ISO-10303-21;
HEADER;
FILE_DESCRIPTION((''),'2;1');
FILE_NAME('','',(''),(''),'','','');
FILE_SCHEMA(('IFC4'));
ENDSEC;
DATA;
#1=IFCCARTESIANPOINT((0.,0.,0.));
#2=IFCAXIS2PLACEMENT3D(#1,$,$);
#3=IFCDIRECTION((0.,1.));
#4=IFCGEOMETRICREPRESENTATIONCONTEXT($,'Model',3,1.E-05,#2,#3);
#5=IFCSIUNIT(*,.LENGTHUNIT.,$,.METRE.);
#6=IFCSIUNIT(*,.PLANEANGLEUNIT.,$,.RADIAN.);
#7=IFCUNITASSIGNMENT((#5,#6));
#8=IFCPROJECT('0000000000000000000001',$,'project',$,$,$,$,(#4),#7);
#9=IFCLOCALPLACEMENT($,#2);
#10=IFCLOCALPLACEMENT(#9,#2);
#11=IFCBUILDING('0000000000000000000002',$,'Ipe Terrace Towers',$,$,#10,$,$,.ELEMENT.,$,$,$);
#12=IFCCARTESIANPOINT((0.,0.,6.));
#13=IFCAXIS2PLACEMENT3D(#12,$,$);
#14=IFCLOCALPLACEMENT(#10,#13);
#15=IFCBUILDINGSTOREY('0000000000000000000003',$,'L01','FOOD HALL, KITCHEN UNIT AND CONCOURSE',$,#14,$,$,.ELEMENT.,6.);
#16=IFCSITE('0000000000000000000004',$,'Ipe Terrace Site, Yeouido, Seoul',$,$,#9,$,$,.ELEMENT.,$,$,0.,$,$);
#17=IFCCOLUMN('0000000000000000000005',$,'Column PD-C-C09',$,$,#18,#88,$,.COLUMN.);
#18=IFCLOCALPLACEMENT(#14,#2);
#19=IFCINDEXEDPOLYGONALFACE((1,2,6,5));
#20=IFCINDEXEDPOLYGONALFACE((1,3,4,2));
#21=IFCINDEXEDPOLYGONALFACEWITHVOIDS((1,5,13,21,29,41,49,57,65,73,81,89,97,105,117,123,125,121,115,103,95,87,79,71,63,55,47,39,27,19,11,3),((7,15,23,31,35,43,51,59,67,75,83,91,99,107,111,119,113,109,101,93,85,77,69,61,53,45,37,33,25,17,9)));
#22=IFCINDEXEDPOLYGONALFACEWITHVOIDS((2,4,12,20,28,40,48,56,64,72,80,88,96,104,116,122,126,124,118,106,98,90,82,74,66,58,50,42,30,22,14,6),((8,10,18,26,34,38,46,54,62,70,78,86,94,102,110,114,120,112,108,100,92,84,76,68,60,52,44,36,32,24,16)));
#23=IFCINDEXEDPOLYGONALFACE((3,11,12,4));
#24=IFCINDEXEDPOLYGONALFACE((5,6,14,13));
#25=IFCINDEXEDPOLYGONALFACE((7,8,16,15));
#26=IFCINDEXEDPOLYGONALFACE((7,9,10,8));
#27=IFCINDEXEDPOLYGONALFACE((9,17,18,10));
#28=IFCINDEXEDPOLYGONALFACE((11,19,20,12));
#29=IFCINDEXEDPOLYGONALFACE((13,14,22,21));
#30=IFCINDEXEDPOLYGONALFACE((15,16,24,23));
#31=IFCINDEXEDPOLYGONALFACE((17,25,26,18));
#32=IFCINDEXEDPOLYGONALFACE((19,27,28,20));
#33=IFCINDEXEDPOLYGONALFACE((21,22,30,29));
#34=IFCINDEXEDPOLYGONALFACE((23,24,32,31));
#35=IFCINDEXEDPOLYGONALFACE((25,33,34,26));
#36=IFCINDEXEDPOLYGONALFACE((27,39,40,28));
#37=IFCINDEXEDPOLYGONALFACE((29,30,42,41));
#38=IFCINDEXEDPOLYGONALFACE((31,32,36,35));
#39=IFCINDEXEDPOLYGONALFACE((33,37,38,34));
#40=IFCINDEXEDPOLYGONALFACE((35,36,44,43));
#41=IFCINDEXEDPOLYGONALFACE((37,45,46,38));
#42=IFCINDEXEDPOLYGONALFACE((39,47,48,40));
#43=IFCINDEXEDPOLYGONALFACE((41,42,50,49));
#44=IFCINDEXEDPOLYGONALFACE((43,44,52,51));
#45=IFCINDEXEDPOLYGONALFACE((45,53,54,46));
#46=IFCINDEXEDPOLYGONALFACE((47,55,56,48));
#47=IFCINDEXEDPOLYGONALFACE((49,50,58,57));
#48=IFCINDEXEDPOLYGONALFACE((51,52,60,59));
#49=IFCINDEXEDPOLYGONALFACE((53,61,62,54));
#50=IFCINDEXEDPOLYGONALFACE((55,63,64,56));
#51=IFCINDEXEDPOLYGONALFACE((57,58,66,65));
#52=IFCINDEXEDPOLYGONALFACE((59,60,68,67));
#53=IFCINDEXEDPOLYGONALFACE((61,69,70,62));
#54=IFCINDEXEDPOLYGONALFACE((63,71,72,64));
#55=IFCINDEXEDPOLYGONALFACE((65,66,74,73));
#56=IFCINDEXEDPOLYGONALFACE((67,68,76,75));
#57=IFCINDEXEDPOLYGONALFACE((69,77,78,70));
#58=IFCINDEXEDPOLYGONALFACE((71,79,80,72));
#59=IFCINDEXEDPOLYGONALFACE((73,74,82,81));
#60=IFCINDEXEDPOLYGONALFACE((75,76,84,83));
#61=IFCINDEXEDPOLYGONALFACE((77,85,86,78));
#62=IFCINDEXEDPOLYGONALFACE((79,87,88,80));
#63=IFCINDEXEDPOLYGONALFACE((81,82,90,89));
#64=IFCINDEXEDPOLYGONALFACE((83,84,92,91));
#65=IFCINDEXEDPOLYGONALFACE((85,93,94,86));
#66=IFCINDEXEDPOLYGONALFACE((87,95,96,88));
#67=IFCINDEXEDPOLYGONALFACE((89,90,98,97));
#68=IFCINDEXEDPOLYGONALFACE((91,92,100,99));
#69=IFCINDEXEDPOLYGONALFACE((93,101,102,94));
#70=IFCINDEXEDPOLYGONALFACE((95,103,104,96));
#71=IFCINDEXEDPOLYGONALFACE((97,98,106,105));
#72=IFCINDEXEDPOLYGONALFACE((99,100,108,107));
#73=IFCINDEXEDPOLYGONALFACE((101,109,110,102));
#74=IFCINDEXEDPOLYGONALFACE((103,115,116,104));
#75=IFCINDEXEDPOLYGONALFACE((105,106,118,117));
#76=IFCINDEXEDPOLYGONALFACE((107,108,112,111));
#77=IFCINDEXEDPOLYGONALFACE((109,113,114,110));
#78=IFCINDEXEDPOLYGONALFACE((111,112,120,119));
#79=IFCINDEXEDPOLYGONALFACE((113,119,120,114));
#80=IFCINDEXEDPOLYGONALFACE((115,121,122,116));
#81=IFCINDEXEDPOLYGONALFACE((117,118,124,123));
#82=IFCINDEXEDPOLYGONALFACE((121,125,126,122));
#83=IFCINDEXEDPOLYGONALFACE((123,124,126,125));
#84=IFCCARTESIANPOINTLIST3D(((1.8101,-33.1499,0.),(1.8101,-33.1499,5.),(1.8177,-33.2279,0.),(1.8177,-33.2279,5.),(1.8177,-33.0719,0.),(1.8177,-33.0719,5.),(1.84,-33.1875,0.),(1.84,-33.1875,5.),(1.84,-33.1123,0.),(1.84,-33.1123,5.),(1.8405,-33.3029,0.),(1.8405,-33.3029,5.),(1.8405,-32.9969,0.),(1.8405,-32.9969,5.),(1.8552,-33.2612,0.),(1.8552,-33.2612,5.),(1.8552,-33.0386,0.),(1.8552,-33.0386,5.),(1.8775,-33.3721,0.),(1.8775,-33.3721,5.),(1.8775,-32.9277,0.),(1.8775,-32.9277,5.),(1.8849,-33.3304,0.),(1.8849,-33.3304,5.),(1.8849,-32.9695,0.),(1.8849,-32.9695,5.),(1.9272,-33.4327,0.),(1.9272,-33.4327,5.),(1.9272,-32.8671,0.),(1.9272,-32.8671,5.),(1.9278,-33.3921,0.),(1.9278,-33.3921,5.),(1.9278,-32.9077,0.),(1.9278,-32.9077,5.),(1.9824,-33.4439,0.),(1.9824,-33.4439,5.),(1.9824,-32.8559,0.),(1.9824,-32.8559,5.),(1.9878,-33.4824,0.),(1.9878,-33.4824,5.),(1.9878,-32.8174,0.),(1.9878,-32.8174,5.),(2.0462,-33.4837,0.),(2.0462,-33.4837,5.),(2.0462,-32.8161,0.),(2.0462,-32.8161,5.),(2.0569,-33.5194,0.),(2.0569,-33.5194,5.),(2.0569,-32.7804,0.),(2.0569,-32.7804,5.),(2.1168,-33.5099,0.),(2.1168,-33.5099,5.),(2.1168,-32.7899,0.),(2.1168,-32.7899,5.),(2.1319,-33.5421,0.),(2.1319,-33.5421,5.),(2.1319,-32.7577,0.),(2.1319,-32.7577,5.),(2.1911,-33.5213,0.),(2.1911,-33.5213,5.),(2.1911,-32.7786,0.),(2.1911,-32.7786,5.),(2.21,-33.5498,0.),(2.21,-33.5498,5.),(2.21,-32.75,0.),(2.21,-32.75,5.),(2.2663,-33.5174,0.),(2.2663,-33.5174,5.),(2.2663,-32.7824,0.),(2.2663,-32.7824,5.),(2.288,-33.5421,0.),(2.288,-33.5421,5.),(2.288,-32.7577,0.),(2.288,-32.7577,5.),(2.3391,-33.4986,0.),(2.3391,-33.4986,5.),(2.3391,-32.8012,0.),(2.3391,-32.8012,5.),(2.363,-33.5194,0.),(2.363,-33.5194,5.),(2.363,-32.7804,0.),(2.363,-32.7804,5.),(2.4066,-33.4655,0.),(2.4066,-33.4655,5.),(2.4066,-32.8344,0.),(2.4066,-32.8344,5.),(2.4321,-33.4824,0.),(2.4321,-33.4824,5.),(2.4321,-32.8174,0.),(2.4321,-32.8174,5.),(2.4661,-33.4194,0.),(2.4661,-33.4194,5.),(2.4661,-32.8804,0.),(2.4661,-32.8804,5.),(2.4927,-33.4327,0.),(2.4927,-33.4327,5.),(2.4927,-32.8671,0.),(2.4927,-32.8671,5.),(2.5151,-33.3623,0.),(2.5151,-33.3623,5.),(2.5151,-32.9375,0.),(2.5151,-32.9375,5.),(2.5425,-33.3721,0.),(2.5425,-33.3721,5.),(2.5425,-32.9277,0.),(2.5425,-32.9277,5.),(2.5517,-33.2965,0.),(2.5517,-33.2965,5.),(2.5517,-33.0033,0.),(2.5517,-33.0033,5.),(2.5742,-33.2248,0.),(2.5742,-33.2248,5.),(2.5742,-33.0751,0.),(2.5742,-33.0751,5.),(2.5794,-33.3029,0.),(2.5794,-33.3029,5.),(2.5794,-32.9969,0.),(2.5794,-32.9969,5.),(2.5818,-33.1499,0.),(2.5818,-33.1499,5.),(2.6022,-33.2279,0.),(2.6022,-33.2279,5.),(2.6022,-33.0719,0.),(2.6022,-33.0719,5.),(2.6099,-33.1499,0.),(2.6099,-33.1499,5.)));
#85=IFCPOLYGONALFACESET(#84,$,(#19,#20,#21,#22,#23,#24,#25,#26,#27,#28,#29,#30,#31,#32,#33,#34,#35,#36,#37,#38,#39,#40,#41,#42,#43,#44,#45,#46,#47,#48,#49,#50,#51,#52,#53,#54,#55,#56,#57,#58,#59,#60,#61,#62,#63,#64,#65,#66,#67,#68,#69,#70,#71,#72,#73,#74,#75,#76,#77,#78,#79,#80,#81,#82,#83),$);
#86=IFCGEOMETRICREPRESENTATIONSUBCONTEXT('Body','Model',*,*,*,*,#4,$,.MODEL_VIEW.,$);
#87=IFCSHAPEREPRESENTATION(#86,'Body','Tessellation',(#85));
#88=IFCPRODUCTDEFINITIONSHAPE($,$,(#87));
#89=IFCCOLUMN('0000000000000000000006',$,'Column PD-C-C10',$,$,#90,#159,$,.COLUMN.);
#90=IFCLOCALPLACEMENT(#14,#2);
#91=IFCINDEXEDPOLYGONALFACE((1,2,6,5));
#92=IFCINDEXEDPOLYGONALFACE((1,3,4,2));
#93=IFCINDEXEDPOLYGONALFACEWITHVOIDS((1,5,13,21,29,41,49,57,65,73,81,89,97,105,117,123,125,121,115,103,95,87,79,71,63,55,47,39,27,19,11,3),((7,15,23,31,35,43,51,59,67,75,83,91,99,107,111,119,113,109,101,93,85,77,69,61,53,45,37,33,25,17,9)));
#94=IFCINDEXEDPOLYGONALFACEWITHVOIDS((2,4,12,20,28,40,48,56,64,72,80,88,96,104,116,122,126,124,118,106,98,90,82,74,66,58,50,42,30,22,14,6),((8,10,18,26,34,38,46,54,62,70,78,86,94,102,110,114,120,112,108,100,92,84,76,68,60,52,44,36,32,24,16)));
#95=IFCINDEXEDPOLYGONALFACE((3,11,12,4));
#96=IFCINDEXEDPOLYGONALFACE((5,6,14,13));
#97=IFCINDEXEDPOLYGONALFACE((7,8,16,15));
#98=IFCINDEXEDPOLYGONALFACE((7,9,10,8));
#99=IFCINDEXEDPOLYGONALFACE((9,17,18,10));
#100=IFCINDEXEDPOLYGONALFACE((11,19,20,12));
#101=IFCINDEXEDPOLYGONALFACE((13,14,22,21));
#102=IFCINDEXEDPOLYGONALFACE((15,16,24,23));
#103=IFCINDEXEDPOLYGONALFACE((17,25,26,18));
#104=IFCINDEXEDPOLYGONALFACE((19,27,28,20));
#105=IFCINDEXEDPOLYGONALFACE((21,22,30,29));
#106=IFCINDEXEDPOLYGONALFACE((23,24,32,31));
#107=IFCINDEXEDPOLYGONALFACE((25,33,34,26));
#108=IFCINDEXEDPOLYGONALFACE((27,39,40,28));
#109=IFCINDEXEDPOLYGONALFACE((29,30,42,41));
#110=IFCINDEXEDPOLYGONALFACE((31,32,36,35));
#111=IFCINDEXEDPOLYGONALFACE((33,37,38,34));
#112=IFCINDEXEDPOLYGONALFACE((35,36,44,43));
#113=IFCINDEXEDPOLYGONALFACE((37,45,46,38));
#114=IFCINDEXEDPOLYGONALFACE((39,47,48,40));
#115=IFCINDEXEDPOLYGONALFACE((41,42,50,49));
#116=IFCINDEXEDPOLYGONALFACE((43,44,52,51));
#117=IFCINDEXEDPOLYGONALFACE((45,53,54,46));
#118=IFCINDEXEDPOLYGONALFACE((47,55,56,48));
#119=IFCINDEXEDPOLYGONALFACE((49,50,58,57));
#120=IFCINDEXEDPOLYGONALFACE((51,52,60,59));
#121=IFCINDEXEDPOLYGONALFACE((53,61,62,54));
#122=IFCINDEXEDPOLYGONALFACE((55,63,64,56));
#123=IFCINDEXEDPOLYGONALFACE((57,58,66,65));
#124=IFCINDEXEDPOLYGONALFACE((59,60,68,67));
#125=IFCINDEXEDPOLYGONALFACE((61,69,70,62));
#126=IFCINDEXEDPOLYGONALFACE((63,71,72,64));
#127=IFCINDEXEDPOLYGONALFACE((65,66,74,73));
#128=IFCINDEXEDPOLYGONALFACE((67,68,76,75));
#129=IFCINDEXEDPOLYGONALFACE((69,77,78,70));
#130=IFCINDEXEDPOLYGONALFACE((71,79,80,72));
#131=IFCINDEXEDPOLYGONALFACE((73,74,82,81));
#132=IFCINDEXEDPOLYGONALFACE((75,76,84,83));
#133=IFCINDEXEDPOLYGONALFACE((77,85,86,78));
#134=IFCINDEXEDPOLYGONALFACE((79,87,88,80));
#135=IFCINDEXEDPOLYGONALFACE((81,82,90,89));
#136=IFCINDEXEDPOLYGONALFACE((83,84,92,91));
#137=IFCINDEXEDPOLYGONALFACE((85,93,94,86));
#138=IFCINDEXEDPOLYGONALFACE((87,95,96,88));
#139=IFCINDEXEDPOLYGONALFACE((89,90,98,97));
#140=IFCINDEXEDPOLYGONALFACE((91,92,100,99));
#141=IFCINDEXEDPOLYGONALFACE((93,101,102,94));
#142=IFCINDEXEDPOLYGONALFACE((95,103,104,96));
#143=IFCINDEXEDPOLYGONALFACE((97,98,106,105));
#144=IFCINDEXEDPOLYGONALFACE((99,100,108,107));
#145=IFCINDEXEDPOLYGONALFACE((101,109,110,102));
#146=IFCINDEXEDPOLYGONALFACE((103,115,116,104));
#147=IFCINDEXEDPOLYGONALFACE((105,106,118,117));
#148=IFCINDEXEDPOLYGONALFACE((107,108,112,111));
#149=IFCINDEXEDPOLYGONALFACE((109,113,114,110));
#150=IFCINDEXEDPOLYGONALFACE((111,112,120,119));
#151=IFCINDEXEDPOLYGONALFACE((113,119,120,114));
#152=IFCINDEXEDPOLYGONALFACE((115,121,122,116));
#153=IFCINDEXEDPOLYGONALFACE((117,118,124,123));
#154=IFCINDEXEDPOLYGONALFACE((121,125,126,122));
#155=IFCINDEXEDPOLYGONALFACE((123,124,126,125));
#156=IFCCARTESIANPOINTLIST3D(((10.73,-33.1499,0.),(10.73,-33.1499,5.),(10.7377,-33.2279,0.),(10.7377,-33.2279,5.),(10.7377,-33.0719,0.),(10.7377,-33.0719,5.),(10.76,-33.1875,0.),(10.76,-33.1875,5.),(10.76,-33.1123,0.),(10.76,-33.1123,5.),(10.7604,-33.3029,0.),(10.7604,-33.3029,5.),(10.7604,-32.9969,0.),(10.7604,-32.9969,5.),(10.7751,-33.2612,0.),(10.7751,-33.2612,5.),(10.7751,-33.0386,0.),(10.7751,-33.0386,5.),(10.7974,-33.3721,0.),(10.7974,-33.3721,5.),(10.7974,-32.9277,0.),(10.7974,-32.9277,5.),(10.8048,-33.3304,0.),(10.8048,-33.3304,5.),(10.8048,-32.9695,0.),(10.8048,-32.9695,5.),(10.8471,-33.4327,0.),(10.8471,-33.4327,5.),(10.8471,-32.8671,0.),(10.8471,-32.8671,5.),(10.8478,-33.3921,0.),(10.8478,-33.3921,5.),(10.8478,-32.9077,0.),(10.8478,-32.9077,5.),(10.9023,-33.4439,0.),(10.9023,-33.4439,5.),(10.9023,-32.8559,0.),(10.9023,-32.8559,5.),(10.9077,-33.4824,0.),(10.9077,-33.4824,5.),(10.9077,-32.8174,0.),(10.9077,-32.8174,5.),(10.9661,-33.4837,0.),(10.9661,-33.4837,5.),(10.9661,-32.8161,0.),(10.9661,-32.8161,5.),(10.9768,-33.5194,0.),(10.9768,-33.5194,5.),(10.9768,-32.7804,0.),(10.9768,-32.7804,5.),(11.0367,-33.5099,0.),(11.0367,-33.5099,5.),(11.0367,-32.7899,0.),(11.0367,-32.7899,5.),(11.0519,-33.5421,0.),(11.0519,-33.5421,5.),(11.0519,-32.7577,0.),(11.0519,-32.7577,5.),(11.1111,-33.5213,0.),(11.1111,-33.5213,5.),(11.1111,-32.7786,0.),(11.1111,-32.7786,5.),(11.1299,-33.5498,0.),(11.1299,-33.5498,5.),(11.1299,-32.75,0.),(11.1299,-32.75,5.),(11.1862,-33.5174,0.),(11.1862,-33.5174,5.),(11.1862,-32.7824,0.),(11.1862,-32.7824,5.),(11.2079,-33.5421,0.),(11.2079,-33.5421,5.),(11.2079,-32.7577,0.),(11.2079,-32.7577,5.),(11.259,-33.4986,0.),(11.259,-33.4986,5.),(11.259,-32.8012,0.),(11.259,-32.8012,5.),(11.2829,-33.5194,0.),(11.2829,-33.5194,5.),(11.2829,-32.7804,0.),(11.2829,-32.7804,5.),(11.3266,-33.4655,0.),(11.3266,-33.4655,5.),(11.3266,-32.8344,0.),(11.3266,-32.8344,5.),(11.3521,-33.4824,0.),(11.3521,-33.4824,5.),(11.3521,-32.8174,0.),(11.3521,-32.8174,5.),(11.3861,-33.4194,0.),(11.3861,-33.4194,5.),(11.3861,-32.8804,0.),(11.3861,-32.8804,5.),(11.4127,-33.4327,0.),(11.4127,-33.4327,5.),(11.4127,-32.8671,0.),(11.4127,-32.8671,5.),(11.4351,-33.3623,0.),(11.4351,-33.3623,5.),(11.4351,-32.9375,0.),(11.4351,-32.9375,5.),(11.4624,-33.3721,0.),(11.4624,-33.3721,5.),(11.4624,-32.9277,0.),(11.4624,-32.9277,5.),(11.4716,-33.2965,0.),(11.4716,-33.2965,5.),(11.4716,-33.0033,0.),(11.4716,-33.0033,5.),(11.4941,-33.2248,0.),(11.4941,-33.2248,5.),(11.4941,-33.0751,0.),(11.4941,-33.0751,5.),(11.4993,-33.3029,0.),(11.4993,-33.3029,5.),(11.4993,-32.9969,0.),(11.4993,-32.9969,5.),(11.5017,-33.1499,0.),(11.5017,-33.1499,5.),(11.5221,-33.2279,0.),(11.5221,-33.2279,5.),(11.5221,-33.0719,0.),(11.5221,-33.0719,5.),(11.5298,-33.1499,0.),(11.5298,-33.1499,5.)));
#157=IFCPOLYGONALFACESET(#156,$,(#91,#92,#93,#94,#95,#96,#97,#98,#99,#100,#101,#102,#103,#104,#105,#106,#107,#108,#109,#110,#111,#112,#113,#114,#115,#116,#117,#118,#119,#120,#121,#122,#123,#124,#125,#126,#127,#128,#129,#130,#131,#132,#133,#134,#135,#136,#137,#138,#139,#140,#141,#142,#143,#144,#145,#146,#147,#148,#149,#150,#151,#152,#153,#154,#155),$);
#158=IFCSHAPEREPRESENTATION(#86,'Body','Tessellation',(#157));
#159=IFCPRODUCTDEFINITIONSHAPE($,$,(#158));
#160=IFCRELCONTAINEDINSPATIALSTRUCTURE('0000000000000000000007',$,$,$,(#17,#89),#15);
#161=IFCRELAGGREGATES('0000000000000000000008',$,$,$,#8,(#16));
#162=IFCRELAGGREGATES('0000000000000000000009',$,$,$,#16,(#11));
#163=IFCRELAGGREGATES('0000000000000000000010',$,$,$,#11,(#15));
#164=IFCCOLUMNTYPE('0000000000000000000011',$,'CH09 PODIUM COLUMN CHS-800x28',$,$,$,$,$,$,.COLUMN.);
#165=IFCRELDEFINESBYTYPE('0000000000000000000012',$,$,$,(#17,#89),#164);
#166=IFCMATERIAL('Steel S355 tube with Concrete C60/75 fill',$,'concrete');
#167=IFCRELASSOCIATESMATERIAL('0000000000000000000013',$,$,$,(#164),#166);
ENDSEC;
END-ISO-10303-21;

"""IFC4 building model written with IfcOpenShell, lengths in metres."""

from ifc_helpers import new_model, si_unit, direction, frame, origin, origin_2d, place, context, subcontext, project, spatial, hollow_circle, extrude, material, material_profile, profile_set, type_object, element, save


model = new_model("IFC4")

# Units and contexts
model_context = context("Model", 3, precision=1e-05, world=origin(), true_north=direction((0.0, 1.0)))
body_context = subcontext(model_context, "Body", "Model", "MODEL_VIEW")
ifc_project = project(units=[si_unit("LENGTHUNIT", "METRE"), si_unit("PLANEANGLEUNIT", "RADIAN")], contexts=[model_context])

# Site, building, storey
site_placement = place(None, origin())
site = spatial("IfcSite", under=ifc_project, at=site_placement, Name="Ipe Terrace Site, Yeouido, Seoul", CompositionType="ELEMENT", RefElevation=0.0)
building_placement = place(site_placement, origin())
building = spatial("IfcBuilding", under=site, at=building_placement, Name="Ipe Terrace Towers", CompositionType="ELEMENT")
storey_placement = place(building_placement, frame((0.0, 0.0, 6.0)))
storey = spatial("IfcBuildingStorey", under=building, at=storey_placement, Name="L01", Description="FOOD HALL, KITCHEN UNIT AND CONCOURSE", CompositionType="ELEMENT", Elevation=6.0)

# Columns
ifc_material_1 = material(Name="Steel S355 tube with Concrete C60/75 fill", Category="concrete")
ifc_material_profile_1 = material_profile(ifc_material_1, hollow_circle(Radius=0.3999, WallThickness=0.0281, at=origin_2d()), Name="CHS-800x28")
ifc_profile_set_1 = profile_set([ifc_material_profile_1], Name="Steel S355 tube with Concrete C60/75 fill")
column_type = type_object("IfcColumnType", Name="CH09 PODIUM COLUMN CHS-800x28", PredefinedType="COLUMN", material=ifc_profile_set_1)
for number, where, z_axis, x_axis, name in (
    (1, (2.21, -33.1499, 0.0), (0.0, 0.0, 1.0), (1.0, 0.0, 0.0), "Column PD-C-C09"),
    (2, (11.1299, -33.1499, 0.0), (0.0, 0.0, 1.0), (1.0, 0.0, 0.0), "Column PD-C-C10"),
):
    element("IfcColumn", number, at=place(storey_placement, frame(where, z_axis=z_axis, x_axis=x_axis)), inside=storey, type_object=column_type, Name=name, PredefinedType="COLUMN", context=body_context, shape_type="SweptSolid", body=[
        extrude(hollow_circle(Radius=0.3999, WallThickness=0.0281, at=origin_2d()), origin(), (0.0, 0.0, 1.0), 5.0),
    ])

save(model, "model.ifc")
